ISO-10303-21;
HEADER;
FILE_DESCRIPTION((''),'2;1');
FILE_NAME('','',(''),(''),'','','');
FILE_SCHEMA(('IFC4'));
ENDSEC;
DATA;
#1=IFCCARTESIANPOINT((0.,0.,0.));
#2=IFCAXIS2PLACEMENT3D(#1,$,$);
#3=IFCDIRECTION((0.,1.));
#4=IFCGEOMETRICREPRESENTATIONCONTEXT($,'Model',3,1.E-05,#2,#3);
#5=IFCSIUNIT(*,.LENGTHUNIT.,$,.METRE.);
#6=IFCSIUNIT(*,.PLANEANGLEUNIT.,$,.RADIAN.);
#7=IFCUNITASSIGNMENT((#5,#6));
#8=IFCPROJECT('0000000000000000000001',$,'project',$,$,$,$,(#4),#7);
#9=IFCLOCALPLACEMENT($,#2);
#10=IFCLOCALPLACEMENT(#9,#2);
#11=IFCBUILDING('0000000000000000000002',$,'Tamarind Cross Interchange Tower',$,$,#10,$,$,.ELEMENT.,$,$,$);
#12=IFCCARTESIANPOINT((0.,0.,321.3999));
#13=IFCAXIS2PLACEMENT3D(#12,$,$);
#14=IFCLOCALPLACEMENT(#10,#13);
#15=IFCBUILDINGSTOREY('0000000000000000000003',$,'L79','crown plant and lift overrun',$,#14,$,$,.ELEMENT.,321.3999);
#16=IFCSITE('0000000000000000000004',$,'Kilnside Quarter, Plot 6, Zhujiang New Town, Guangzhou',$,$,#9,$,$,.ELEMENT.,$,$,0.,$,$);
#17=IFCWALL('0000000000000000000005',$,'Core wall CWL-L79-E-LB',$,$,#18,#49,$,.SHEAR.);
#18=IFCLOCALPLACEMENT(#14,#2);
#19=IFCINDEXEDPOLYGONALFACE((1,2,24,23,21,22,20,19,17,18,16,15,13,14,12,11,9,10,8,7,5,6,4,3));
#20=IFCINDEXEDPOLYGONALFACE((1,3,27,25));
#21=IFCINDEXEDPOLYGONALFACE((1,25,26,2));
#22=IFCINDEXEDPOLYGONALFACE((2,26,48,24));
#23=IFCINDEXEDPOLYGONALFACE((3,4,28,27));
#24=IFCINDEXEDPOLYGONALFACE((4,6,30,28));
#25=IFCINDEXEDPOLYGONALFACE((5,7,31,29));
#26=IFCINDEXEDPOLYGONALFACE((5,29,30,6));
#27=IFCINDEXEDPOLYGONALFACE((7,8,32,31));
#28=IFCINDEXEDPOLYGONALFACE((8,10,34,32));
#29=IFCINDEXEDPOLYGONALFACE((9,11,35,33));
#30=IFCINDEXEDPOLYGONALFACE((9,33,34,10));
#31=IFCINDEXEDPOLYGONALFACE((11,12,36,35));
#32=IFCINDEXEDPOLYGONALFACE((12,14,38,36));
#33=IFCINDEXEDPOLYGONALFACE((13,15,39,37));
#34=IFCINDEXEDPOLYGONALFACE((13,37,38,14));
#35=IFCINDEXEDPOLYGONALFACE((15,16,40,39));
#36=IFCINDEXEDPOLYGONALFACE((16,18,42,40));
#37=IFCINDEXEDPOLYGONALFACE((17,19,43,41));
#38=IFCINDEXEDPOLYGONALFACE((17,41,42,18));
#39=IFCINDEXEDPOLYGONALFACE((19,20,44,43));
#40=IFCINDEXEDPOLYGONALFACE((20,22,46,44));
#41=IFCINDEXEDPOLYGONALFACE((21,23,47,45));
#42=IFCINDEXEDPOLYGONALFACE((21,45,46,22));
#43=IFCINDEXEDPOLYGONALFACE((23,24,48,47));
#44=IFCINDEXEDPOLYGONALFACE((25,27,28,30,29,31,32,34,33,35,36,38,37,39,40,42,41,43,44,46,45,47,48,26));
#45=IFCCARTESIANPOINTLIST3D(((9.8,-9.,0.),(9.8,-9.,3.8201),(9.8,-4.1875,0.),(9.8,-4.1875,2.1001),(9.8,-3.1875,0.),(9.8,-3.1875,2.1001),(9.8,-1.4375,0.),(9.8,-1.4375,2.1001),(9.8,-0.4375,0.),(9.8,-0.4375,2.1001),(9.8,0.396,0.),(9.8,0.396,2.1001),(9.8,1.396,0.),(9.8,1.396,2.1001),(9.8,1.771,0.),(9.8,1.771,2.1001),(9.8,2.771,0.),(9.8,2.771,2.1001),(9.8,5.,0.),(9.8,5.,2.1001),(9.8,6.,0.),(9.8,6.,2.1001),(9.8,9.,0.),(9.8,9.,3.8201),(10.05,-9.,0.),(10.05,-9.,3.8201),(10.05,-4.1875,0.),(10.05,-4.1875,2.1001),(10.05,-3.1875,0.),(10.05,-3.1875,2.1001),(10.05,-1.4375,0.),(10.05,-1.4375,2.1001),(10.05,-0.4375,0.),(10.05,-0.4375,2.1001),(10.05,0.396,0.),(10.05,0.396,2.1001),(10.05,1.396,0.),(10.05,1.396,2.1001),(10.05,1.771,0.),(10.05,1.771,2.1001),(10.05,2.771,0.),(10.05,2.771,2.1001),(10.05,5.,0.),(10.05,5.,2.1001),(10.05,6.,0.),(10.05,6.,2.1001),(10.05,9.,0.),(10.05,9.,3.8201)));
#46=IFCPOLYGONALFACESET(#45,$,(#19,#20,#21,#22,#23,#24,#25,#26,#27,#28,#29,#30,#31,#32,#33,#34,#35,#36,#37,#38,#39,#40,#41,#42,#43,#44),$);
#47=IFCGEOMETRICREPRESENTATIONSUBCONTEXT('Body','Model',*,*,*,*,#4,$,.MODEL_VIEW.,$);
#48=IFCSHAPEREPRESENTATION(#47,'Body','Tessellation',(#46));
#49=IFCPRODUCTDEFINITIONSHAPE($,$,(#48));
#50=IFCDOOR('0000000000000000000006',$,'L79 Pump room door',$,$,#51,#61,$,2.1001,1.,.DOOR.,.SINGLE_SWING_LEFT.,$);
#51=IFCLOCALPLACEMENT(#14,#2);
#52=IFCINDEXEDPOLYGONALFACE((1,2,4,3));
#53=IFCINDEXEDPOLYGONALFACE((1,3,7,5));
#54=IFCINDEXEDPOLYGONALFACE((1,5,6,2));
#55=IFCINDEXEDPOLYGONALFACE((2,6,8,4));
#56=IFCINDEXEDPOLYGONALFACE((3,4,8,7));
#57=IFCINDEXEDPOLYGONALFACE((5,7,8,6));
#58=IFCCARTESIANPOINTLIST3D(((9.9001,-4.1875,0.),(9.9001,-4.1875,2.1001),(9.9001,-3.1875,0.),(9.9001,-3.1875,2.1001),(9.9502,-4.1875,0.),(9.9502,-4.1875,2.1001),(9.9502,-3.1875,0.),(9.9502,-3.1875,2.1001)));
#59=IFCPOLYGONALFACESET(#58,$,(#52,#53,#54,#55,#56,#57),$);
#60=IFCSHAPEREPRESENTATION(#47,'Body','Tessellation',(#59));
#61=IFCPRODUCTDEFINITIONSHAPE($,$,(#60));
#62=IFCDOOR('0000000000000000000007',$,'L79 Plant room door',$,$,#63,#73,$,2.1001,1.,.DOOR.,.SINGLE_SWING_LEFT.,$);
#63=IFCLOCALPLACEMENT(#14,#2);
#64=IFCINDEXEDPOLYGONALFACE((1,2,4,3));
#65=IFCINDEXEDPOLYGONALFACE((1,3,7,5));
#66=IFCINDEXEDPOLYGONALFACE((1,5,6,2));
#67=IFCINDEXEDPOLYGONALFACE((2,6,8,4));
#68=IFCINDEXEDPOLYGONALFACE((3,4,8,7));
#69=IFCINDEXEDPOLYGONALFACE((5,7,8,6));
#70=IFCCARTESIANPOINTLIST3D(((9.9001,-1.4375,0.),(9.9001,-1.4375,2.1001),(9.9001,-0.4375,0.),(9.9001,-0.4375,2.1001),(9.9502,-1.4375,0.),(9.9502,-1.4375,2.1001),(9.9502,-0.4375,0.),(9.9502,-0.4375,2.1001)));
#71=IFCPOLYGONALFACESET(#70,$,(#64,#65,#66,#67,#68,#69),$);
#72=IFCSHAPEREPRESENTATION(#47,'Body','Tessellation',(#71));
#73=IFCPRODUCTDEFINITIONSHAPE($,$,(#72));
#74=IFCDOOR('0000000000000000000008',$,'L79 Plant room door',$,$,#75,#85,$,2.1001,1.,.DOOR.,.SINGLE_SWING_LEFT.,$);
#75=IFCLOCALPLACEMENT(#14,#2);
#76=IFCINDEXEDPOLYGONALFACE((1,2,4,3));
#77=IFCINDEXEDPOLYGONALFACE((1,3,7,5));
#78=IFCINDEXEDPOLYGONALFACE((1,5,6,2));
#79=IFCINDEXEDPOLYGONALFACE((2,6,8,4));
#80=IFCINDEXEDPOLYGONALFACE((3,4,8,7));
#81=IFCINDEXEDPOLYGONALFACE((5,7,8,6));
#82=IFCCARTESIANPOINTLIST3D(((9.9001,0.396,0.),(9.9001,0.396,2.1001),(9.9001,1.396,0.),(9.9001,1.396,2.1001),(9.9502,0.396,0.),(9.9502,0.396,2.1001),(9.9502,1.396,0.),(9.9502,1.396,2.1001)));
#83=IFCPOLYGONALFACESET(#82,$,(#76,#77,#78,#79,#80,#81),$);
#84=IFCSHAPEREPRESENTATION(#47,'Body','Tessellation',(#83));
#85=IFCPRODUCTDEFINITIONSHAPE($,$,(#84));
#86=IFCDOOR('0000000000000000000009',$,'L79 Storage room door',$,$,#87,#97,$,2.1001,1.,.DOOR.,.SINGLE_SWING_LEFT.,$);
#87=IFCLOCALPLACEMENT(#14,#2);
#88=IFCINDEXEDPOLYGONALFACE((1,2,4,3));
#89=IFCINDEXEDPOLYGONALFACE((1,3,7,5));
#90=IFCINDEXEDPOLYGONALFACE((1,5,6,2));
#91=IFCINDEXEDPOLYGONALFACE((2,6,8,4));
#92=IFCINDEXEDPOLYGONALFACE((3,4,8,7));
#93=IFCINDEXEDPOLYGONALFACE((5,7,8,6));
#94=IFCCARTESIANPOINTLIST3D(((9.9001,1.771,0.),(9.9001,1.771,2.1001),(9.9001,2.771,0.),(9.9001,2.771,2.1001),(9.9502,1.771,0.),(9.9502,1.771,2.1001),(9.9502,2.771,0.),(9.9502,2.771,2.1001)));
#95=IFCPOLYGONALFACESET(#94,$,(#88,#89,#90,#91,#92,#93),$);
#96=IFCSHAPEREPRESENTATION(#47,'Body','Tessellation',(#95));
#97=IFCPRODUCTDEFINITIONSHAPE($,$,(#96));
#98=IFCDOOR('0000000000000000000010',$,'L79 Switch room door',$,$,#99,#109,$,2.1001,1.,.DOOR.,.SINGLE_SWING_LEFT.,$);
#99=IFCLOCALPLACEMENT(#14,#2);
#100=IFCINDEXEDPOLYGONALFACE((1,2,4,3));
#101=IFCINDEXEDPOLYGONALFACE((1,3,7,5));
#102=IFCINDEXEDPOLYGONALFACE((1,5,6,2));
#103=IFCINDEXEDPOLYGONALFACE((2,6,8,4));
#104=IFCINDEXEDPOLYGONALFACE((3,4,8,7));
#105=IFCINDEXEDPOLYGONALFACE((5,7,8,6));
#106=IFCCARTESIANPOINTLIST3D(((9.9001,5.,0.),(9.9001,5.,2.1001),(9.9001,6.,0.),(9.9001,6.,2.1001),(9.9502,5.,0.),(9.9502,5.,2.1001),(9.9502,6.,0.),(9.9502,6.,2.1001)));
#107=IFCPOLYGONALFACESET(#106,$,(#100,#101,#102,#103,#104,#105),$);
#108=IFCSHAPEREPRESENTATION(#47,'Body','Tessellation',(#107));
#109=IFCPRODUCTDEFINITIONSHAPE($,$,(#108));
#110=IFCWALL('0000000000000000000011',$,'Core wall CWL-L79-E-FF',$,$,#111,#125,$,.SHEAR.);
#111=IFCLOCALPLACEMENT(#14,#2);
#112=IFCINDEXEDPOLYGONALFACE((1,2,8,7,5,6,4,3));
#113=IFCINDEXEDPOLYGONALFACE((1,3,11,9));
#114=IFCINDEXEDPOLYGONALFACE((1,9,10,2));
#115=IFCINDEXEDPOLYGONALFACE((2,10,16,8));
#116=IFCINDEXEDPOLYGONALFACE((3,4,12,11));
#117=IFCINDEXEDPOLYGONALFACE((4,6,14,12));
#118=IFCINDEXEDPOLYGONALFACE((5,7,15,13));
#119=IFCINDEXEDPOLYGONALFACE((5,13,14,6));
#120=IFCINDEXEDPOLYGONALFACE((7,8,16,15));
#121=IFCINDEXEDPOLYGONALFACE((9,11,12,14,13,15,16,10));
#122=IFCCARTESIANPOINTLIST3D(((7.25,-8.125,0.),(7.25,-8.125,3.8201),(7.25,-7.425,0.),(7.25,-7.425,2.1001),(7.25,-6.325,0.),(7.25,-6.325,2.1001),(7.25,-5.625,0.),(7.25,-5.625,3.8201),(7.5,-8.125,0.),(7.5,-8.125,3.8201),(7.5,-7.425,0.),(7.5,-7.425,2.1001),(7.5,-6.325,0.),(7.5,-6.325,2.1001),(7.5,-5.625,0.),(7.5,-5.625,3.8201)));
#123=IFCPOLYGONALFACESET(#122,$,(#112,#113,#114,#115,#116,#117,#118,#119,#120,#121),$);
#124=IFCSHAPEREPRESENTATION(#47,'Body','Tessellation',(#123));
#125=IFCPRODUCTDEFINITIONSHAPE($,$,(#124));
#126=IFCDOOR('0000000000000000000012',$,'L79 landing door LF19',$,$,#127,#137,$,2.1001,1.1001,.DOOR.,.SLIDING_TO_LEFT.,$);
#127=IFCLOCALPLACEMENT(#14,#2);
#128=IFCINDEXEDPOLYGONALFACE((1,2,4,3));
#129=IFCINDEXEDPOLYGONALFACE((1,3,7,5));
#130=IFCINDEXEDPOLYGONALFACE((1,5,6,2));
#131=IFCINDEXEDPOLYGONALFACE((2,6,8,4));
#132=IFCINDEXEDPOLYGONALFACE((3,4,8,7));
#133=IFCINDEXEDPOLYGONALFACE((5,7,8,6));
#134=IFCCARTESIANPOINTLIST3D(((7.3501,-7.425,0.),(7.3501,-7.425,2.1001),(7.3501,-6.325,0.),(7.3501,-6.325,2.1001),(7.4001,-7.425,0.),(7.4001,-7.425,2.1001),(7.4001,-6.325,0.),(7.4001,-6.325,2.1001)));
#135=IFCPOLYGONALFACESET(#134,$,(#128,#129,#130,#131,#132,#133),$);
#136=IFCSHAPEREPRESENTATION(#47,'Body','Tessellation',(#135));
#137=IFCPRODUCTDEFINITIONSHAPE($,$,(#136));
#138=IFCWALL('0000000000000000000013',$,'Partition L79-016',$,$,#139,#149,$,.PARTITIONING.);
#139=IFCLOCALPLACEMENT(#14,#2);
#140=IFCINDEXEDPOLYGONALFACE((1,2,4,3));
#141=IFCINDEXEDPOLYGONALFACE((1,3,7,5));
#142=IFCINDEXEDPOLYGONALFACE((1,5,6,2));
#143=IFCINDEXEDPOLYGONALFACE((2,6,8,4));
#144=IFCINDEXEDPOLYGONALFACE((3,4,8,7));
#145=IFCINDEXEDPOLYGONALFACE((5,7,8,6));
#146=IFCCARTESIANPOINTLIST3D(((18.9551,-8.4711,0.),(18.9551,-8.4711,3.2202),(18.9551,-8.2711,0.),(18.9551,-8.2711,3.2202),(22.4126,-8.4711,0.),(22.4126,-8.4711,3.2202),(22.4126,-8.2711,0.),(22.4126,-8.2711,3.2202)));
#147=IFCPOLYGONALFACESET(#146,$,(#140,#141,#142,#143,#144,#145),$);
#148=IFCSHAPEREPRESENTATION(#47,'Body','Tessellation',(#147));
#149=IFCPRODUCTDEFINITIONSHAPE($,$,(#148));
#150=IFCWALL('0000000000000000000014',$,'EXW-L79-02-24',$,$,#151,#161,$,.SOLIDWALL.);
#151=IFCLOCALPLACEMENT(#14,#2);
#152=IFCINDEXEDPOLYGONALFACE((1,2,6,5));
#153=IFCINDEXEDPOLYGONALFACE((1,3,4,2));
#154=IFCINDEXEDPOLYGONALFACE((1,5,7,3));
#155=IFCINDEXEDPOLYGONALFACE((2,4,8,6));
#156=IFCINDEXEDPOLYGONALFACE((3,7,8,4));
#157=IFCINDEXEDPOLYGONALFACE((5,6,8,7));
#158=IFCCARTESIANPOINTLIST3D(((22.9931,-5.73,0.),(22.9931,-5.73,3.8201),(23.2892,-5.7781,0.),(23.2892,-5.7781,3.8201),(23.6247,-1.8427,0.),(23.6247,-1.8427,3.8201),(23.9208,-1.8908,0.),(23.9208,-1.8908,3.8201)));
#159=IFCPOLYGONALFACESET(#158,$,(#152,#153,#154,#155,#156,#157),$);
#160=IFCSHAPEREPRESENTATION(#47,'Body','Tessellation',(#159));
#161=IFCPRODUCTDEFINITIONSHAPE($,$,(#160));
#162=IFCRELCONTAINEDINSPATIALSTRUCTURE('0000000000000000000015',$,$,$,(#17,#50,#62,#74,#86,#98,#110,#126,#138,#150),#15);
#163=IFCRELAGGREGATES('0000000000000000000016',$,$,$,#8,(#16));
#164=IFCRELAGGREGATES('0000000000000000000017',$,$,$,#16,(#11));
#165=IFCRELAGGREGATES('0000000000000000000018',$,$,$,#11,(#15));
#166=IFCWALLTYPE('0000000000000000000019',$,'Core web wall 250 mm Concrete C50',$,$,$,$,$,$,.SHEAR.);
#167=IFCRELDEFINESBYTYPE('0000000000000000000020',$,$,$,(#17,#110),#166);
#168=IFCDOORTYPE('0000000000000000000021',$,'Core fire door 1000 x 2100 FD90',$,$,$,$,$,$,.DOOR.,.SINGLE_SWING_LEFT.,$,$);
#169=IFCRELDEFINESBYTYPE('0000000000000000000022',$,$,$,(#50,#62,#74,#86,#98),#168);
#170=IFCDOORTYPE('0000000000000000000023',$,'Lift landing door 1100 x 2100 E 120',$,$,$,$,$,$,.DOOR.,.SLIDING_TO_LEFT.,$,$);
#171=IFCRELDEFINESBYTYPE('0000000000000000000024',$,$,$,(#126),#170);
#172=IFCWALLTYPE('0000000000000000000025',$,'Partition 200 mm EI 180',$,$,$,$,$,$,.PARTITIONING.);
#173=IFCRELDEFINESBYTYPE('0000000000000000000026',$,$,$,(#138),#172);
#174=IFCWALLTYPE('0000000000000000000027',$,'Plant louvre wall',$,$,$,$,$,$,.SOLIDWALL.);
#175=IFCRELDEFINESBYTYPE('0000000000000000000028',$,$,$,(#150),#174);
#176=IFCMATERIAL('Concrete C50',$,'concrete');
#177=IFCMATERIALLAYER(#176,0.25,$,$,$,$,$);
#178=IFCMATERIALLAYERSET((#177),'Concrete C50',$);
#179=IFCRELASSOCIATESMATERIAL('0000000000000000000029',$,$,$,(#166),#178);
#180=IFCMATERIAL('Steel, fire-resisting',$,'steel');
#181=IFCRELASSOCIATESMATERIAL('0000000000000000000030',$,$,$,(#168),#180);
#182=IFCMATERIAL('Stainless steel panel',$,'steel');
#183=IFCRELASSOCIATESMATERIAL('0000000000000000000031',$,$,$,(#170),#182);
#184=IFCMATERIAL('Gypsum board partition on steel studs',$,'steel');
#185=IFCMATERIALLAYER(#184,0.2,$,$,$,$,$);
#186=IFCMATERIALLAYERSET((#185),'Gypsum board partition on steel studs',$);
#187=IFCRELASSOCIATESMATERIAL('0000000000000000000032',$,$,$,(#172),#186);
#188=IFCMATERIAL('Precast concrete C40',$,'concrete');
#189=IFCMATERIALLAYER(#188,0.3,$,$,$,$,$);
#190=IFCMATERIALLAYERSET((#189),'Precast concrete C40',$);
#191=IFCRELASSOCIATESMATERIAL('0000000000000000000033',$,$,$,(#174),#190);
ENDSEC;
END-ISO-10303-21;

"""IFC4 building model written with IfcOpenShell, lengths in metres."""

from ifc_helpers import new_model, si_unit, direction, frame, frame_2d, origin, place, context, subcontext, project, spatial, rectangle, extrude, material, layer, layer_set, type_object, element, fill, save


model = new_model("IFC4")

# Units and contexts
model_context = context("Model", 3, precision=1e-05, world=origin(), true_north=direction((0.0, 1.0)))
body_context = subcontext(model_context, "Body", "Model", "MODEL_VIEW")
ifc_project = project(units=[si_unit("LENGTHUNIT", "METRE"), si_unit("PLANEANGLEUNIT", "RADIAN")], contexts=[model_context])

# Site, building, storey
site_placement = place(None, origin())
site = spatial("IfcSite", under=ifc_project, at=site_placement, Name="Kilnside Quarter, Plot 6, Zhujiang New Town, Guangzhou", CompositionType="ELEMENT", RefElevation=0.0)
building_placement = place(site_placement, origin())
building = spatial("IfcBuilding", under=site, at=building_placement, Name="Tamarind Cross Interchange Tower", CompositionType="ELEMENT")
storey_placement = place(building_placement, frame((0.0, 0.0, 321.3999)))
storey = spatial("IfcBuildingStorey", under=building, at=storey_placement, Name="L79", Description="crown plant and lift overrun", CompositionType="ELEMENT", Elevation=321.3999)

# Wall, openings, doors
ifc_material_1 = material(Name="Concrete C50", Category="concrete")
ifc_layer_1 = layer(ifc_material_1, 0.25)
ifc_layer_set_1 = layer_set([ifc_layer_1], Name="Concrete C50")
wall_type_1 = type_object("IfcWallType", Name="Core web wall 250 mm Concrete C50", PredefinedType="SHEAR", material=ifc_layer_set_1)
ifc_material_2 = material(Name="Steel, fire-resisting", Category="steel")
door_type_1 = type_object("IfcDoorType", Name="Core fire door 1000 x 2100 FD90", OperationType="SINGLE_SWING_LEFT", PredefinedType="DOOR", material=ifc_material_2)
ifc_material_3 = material(Name="Stainless steel panel", Category="steel")
wall_1_placement = place(storey_placement, frame((9.925, -9.0, 0.0), z_axis=(0.0, 0.0, 1.0), x_axis=(0.0, 1.0, 0.0)))
wall_1 = element("IfcWall", 1, at=wall_1_placement, inside=storey, type_object=wall_type_1, Name="Core wall CWL-L79-E-LB", PredefinedType="SHEAR", context=body_context, shape_type="SweptSolid", body=[
    extrude(rectangle(XDim=18.0, YDim=0.25, at=frame_2d((9.0, 0.0))), origin(), (0.0, 0.0, 1.0), 3.8201),
])
opening_1_placement = place(wall_1_placement, frame((4.8125, 0.0, 0.0)))
opening_1 = element("IfcOpeningElement", 2, at=opening_1_placement, cuts=wall_1, PredefinedType="OPENING", context=body_context, shape_type="SweptSolid", body=[
    extrude(rectangle(XDim=1.0, YDim=2.1001, at=frame_2d((0.5, 1.05))), frame((0.0, 0.135, 0.0), z_axis=(0.0, -1.0, 0.0), x_axis=(1.0, 0.0, 0.0)), (0.0, 0.0, 1.0), 0.27),
])
opening_2_placement = place(wall_1_placement, frame((7.5625, 0.0, 0.0)))
opening_2 = element("IfcOpeningElement", 3, at=opening_2_placement, cuts=wall_1, PredefinedType="OPENING", context=body_context, shape_type="SweptSolid", body=[
    extrude(rectangle(XDim=1.0, YDim=2.1001, at=frame_2d((0.5, 1.05))), frame((0.0, 0.135, 0.0), z_axis=(0.0, -1.0, 0.0), x_axis=(1.0, 0.0, 0.0)), (0.0, 0.0, 1.0), 0.27),
])
opening_3_placement = place(wall_1_placement, frame((9.396, 0.0, 0.0)))
opening_3 = element("IfcOpeningElement", 4, at=opening_3_placement, cuts=wall_1, PredefinedType="OPENING", context=body_context, shape_type="SweptSolid", body=[
    extrude(rectangle(XDim=1.0, YDim=2.1001, at=frame_2d((0.5, 1.05))), frame((0.0, 0.135, 0.0), z_axis=(0.0, -1.0, 0.0), x_axis=(1.0, 0.0, 0.0)), (0.0, 0.0, 1.0), 0.27),
])
opening_4_placement = place(wall_1_placement, frame((10.771, 0.0, 0.0)))
opening_4 = element("IfcOpeningElement", 5, at=opening_4_placement, cuts=wall_1, PredefinedType="OPENING", context=body_context, shape_type="SweptSolid", body=[
    extrude(rectangle(XDim=1.0, YDim=2.1001, at=frame_2d((0.5, 1.05))), frame((0.0, 0.135, 0.0), z_axis=(0.0, -1.0, 0.0), x_axis=(1.0, 0.0, 0.0)), (0.0, 0.0, 1.0), 0.27),
])
opening_5_placement = place(wall_1_placement, frame((14.0, 0.0, 0.0)))
opening_5 = element("IfcOpeningElement", 6, at=opening_5_placement, cuts=wall_1, PredefinedType="OPENING", context=body_context, shape_type="SweptSolid", body=[
    extrude(rectangle(XDim=1.0, YDim=2.1001, at=frame_2d((0.5, 1.05))), frame((0.0, 0.135, 0.0), z_axis=(0.0, -1.0, 0.0), x_axis=(1.0, 0.0, 0.0)), (0.0, 0.0, 1.0), 0.27),
])
door_1_placement = place(opening_1_placement, origin())
door_1 = element("IfcDoor", 7, at=door_1_placement, inside=storey, type_object=door_type_1, Name="L79 Pump room door", OperationType="SINGLE_SWING_LEFT", OverallHeight=2.1001, OverallWidth=1.0, PredefinedType="DOOR", context=body_context, shape_type="SweptSolid", body=[
    extrude(rectangle(XDim=1.0, YDim=2.1001, at=frame_2d((0.5, 1.05))), frame((0.0, 0.0249, 0.0), z_axis=(0.0, -1.0, 0.0), x_axis=(1.0, 0.0, 0.0)), (0.0, 0.0, 1.0), 0.05),
])
fill(opening_1, door_1)
door_2_placement = place(opening_2_placement, origin())
door_2 = element("IfcDoor", 8, at=door_2_placement, inside=storey, type_object=door_type_1, Name="L79 Plant room door", OperationType="SINGLE_SWING_LEFT", OverallHeight=2.1001, OverallWidth=1.0, PredefinedType="DOOR", context=body_context, shape_type="SweptSolid", body=[
    extrude(rectangle(XDim=1.0, YDim=2.1001, at=frame_2d((0.5, 1.05))), frame((0.0, 0.0249, 0.0), z_axis=(0.0, -1.0, 0.0), x_axis=(1.0, 0.0, 0.0)), (0.0, 0.0, 1.0), 0.05),
])
fill(opening_2, door_2)
door_3_placement = place(opening_3_placement, origin())
door_3 = element("IfcDoor", 9, at=door_3_placement, inside=storey, type_object=door_type_1, Name="L79 Plant room door", OperationType="SINGLE_SWING_LEFT", OverallHeight=2.1001, OverallWidth=1.0, PredefinedType="DOOR", context=body_context, shape_type="SweptSolid", body=[
    extrude(rectangle(XDim=1.0, YDim=2.1001, at=frame_2d((0.5, 1.05))), frame((0.0, 0.0249, 0.0), z_axis=(0.0, -1.0, 0.0), x_axis=(1.0, 0.0, 0.0)), (0.0, 0.0, 1.0), 0.05),
])
fill(opening_3, door_3)
door_4_placement = place(opening_4_placement, origin())
door_4 = element("IfcDoor", 10, at=door_4_placement, inside=storey, type_object=door_type_1, Name="L79 Storage room door", OperationType="SINGLE_SWING_LEFT", OverallHeight=2.1001, OverallWidth=1.0, PredefinedType="DOOR", context=body_context, shape_type="SweptSolid", body=[
    extrude(rectangle(XDim=1.0, YDim=2.1001, at=frame_2d((0.5, 1.05))), frame((0.0, 0.0249, 0.0), z_axis=(0.0, -1.0, 0.0), x_axis=(1.0, 0.0, 0.0)), (0.0, 0.0, 1.0), 0.05),
])
fill(opening_4, door_4)
door_5_placement = place(opening_5_placement, origin())
door_5 = element("IfcDoor", 11, at=door_5_placement, inside=storey, type_object=door_type_1, Name="L79 Switch room door", OperationType="SINGLE_SWING_LEFT", OverallHeight=2.1001, OverallWidth=1.0, PredefinedType="DOOR", context=body_context, shape_type="SweptSolid", body=[
    extrude(rectangle(XDim=1.0, YDim=2.1001, at=frame_2d((0.5, 1.05))), frame((0.0, 0.0249, 0.0), z_axis=(0.0, -1.0, 0.0), x_axis=(1.0, 0.0, 0.0)), (0.0, 0.0, 1.0), 0.05),
])
fill(opening_5, door_5)

# Wall, opening, door
wall_2_placement = place(storey_placement, frame((7.375, -8.125, 0.0), z_axis=(0.0, 0.0, 1.0), x_axis=(0.0, 1.0, 0.0)))
wall_2 = element("IfcWall", 12, at=wall_2_placement, inside=storey, type_object=wall_type_1, Name="Core wall CWL-L79-E-FF", PredefinedType="SHEAR", context=body_context, shape_type="SweptSolid", body=[
    extrude(rectangle(XDim=2.5, YDim=0.25, at=frame_2d((1.25, 0.0))), origin(), (0.0, 0.0, 1.0), 3.8201),
])
opening_6_placement = place(wall_2_placement, frame((0.7, 0.0, 0.0)))
opening_6 = element("IfcOpeningElement", 13, at=opening_6_placement, cuts=wall_2, PredefinedType="OPENING", context=body_context, shape_type="SweptSolid", body=[
    extrude(rectangle(XDim=1.1001, YDim=2.1001, at=frame_2d((0.55, 1.05))), frame((0.0, 0.135, 0.0), z_axis=(0.0, -1.0, 0.0), x_axis=(1.0, 0.0, 0.0)), (0.0, 0.0, 1.0), 0.27),
])
door_type_2 = type_object("IfcDoorType", Name="Lift landing door 1100 x 2100 E 120", OperationType="SLIDING_TO_LEFT", PredefinedType="DOOR", material=ifc_material_3)
door_6_placement = place(opening_6_placement, origin())
door_6 = element("IfcDoor", 14, at=door_6_placement, inside=storey, type_object=door_type_2, Name="L79 landing door LF19", OperationType="SLIDING_TO_LEFT", OverallHeight=2.1001, OverallWidth=1.1001, PredefinedType="DOOR", context=body_context, shape_type="SweptSolid", body=[
    extrude(rectangle(XDim=1.1001, YDim=2.1001, at=frame_2d((0.55, 1.05))), frame((0.0, 0.0249, 0.0), z_axis=(0.0, -1.0, 0.0), x_axis=(1.0, 0.0, 0.0)), (0.0, 0.0, 1.0), 0.05),
])
fill(opening_6, door_6)

# Walls
ifc_material_4 = material(Name="Gypsum board partition on steel studs", Category="steel")
ifc_layer_2 = layer(ifc_material_4, 0.2)
ifc_layer_set_2 = layer_set([ifc_layer_2], Name="Gypsum board partition on steel studs")
wall_type_2 = type_object("IfcWallType", Name="Partition 200 mm EI 180", PredefinedType="PARTITIONING", material=ifc_layer_set_2)
wall_3_placement = place(storey_placement, frame((18.9551, -8.3711, 0.0), z_axis=(0.0, 0.0, 1.0), x_axis=(1.0, 0.0, 0.0)))
element("IfcWall", 15, at=wall_3_placement, inside=storey, type_object=wall_type_2, Name="Partition L79-016", PredefinedType="PARTITIONING", context=body_context, shape_type="SweptSolid", body=[
    extrude(rectangle(XDim=3.4575, YDim=0.2, at=frame_2d((1.7288, 0.0))), origin(), (0.0, 0.0, 1.0), 3.2202),
])
ifc_material_5 = material(Name="Precast concrete C40", Category="concrete")
ifc_layer_3 = layer(ifc_material_5, 0.3)
ifc_layer_set_3 = layer_set([ifc_layer_3], Name="Precast concrete C40")
wall_type_3 = type_object("IfcWallType", Name="Plant louvre wall", PredefinedType="SOLIDWALL", material=ifc_layer_set_3)
wall_4_placement = place(storey_placement, frame((23.1411, -5.7542, 0.0), z_axis=(0.0, 0.0, 1.0), x_axis=(0.160376, 0.987056, 0.0)))
element("IfcWall", 16, at=wall_4_placement, inside=storey, type_object=wall_type_3, Name="EXW-L79-02-24", PredefinedType="SOLIDWALL", context=body_context, shape_type="SweptSolid", body=[
    extrude(rectangle(XDim=3.9382, YDim=0.3, at=frame_2d((1.9692, 0.0))), origin(), (0.0, 0.0, 1.0), 3.8201),
])

save(model, "model.ifc")
